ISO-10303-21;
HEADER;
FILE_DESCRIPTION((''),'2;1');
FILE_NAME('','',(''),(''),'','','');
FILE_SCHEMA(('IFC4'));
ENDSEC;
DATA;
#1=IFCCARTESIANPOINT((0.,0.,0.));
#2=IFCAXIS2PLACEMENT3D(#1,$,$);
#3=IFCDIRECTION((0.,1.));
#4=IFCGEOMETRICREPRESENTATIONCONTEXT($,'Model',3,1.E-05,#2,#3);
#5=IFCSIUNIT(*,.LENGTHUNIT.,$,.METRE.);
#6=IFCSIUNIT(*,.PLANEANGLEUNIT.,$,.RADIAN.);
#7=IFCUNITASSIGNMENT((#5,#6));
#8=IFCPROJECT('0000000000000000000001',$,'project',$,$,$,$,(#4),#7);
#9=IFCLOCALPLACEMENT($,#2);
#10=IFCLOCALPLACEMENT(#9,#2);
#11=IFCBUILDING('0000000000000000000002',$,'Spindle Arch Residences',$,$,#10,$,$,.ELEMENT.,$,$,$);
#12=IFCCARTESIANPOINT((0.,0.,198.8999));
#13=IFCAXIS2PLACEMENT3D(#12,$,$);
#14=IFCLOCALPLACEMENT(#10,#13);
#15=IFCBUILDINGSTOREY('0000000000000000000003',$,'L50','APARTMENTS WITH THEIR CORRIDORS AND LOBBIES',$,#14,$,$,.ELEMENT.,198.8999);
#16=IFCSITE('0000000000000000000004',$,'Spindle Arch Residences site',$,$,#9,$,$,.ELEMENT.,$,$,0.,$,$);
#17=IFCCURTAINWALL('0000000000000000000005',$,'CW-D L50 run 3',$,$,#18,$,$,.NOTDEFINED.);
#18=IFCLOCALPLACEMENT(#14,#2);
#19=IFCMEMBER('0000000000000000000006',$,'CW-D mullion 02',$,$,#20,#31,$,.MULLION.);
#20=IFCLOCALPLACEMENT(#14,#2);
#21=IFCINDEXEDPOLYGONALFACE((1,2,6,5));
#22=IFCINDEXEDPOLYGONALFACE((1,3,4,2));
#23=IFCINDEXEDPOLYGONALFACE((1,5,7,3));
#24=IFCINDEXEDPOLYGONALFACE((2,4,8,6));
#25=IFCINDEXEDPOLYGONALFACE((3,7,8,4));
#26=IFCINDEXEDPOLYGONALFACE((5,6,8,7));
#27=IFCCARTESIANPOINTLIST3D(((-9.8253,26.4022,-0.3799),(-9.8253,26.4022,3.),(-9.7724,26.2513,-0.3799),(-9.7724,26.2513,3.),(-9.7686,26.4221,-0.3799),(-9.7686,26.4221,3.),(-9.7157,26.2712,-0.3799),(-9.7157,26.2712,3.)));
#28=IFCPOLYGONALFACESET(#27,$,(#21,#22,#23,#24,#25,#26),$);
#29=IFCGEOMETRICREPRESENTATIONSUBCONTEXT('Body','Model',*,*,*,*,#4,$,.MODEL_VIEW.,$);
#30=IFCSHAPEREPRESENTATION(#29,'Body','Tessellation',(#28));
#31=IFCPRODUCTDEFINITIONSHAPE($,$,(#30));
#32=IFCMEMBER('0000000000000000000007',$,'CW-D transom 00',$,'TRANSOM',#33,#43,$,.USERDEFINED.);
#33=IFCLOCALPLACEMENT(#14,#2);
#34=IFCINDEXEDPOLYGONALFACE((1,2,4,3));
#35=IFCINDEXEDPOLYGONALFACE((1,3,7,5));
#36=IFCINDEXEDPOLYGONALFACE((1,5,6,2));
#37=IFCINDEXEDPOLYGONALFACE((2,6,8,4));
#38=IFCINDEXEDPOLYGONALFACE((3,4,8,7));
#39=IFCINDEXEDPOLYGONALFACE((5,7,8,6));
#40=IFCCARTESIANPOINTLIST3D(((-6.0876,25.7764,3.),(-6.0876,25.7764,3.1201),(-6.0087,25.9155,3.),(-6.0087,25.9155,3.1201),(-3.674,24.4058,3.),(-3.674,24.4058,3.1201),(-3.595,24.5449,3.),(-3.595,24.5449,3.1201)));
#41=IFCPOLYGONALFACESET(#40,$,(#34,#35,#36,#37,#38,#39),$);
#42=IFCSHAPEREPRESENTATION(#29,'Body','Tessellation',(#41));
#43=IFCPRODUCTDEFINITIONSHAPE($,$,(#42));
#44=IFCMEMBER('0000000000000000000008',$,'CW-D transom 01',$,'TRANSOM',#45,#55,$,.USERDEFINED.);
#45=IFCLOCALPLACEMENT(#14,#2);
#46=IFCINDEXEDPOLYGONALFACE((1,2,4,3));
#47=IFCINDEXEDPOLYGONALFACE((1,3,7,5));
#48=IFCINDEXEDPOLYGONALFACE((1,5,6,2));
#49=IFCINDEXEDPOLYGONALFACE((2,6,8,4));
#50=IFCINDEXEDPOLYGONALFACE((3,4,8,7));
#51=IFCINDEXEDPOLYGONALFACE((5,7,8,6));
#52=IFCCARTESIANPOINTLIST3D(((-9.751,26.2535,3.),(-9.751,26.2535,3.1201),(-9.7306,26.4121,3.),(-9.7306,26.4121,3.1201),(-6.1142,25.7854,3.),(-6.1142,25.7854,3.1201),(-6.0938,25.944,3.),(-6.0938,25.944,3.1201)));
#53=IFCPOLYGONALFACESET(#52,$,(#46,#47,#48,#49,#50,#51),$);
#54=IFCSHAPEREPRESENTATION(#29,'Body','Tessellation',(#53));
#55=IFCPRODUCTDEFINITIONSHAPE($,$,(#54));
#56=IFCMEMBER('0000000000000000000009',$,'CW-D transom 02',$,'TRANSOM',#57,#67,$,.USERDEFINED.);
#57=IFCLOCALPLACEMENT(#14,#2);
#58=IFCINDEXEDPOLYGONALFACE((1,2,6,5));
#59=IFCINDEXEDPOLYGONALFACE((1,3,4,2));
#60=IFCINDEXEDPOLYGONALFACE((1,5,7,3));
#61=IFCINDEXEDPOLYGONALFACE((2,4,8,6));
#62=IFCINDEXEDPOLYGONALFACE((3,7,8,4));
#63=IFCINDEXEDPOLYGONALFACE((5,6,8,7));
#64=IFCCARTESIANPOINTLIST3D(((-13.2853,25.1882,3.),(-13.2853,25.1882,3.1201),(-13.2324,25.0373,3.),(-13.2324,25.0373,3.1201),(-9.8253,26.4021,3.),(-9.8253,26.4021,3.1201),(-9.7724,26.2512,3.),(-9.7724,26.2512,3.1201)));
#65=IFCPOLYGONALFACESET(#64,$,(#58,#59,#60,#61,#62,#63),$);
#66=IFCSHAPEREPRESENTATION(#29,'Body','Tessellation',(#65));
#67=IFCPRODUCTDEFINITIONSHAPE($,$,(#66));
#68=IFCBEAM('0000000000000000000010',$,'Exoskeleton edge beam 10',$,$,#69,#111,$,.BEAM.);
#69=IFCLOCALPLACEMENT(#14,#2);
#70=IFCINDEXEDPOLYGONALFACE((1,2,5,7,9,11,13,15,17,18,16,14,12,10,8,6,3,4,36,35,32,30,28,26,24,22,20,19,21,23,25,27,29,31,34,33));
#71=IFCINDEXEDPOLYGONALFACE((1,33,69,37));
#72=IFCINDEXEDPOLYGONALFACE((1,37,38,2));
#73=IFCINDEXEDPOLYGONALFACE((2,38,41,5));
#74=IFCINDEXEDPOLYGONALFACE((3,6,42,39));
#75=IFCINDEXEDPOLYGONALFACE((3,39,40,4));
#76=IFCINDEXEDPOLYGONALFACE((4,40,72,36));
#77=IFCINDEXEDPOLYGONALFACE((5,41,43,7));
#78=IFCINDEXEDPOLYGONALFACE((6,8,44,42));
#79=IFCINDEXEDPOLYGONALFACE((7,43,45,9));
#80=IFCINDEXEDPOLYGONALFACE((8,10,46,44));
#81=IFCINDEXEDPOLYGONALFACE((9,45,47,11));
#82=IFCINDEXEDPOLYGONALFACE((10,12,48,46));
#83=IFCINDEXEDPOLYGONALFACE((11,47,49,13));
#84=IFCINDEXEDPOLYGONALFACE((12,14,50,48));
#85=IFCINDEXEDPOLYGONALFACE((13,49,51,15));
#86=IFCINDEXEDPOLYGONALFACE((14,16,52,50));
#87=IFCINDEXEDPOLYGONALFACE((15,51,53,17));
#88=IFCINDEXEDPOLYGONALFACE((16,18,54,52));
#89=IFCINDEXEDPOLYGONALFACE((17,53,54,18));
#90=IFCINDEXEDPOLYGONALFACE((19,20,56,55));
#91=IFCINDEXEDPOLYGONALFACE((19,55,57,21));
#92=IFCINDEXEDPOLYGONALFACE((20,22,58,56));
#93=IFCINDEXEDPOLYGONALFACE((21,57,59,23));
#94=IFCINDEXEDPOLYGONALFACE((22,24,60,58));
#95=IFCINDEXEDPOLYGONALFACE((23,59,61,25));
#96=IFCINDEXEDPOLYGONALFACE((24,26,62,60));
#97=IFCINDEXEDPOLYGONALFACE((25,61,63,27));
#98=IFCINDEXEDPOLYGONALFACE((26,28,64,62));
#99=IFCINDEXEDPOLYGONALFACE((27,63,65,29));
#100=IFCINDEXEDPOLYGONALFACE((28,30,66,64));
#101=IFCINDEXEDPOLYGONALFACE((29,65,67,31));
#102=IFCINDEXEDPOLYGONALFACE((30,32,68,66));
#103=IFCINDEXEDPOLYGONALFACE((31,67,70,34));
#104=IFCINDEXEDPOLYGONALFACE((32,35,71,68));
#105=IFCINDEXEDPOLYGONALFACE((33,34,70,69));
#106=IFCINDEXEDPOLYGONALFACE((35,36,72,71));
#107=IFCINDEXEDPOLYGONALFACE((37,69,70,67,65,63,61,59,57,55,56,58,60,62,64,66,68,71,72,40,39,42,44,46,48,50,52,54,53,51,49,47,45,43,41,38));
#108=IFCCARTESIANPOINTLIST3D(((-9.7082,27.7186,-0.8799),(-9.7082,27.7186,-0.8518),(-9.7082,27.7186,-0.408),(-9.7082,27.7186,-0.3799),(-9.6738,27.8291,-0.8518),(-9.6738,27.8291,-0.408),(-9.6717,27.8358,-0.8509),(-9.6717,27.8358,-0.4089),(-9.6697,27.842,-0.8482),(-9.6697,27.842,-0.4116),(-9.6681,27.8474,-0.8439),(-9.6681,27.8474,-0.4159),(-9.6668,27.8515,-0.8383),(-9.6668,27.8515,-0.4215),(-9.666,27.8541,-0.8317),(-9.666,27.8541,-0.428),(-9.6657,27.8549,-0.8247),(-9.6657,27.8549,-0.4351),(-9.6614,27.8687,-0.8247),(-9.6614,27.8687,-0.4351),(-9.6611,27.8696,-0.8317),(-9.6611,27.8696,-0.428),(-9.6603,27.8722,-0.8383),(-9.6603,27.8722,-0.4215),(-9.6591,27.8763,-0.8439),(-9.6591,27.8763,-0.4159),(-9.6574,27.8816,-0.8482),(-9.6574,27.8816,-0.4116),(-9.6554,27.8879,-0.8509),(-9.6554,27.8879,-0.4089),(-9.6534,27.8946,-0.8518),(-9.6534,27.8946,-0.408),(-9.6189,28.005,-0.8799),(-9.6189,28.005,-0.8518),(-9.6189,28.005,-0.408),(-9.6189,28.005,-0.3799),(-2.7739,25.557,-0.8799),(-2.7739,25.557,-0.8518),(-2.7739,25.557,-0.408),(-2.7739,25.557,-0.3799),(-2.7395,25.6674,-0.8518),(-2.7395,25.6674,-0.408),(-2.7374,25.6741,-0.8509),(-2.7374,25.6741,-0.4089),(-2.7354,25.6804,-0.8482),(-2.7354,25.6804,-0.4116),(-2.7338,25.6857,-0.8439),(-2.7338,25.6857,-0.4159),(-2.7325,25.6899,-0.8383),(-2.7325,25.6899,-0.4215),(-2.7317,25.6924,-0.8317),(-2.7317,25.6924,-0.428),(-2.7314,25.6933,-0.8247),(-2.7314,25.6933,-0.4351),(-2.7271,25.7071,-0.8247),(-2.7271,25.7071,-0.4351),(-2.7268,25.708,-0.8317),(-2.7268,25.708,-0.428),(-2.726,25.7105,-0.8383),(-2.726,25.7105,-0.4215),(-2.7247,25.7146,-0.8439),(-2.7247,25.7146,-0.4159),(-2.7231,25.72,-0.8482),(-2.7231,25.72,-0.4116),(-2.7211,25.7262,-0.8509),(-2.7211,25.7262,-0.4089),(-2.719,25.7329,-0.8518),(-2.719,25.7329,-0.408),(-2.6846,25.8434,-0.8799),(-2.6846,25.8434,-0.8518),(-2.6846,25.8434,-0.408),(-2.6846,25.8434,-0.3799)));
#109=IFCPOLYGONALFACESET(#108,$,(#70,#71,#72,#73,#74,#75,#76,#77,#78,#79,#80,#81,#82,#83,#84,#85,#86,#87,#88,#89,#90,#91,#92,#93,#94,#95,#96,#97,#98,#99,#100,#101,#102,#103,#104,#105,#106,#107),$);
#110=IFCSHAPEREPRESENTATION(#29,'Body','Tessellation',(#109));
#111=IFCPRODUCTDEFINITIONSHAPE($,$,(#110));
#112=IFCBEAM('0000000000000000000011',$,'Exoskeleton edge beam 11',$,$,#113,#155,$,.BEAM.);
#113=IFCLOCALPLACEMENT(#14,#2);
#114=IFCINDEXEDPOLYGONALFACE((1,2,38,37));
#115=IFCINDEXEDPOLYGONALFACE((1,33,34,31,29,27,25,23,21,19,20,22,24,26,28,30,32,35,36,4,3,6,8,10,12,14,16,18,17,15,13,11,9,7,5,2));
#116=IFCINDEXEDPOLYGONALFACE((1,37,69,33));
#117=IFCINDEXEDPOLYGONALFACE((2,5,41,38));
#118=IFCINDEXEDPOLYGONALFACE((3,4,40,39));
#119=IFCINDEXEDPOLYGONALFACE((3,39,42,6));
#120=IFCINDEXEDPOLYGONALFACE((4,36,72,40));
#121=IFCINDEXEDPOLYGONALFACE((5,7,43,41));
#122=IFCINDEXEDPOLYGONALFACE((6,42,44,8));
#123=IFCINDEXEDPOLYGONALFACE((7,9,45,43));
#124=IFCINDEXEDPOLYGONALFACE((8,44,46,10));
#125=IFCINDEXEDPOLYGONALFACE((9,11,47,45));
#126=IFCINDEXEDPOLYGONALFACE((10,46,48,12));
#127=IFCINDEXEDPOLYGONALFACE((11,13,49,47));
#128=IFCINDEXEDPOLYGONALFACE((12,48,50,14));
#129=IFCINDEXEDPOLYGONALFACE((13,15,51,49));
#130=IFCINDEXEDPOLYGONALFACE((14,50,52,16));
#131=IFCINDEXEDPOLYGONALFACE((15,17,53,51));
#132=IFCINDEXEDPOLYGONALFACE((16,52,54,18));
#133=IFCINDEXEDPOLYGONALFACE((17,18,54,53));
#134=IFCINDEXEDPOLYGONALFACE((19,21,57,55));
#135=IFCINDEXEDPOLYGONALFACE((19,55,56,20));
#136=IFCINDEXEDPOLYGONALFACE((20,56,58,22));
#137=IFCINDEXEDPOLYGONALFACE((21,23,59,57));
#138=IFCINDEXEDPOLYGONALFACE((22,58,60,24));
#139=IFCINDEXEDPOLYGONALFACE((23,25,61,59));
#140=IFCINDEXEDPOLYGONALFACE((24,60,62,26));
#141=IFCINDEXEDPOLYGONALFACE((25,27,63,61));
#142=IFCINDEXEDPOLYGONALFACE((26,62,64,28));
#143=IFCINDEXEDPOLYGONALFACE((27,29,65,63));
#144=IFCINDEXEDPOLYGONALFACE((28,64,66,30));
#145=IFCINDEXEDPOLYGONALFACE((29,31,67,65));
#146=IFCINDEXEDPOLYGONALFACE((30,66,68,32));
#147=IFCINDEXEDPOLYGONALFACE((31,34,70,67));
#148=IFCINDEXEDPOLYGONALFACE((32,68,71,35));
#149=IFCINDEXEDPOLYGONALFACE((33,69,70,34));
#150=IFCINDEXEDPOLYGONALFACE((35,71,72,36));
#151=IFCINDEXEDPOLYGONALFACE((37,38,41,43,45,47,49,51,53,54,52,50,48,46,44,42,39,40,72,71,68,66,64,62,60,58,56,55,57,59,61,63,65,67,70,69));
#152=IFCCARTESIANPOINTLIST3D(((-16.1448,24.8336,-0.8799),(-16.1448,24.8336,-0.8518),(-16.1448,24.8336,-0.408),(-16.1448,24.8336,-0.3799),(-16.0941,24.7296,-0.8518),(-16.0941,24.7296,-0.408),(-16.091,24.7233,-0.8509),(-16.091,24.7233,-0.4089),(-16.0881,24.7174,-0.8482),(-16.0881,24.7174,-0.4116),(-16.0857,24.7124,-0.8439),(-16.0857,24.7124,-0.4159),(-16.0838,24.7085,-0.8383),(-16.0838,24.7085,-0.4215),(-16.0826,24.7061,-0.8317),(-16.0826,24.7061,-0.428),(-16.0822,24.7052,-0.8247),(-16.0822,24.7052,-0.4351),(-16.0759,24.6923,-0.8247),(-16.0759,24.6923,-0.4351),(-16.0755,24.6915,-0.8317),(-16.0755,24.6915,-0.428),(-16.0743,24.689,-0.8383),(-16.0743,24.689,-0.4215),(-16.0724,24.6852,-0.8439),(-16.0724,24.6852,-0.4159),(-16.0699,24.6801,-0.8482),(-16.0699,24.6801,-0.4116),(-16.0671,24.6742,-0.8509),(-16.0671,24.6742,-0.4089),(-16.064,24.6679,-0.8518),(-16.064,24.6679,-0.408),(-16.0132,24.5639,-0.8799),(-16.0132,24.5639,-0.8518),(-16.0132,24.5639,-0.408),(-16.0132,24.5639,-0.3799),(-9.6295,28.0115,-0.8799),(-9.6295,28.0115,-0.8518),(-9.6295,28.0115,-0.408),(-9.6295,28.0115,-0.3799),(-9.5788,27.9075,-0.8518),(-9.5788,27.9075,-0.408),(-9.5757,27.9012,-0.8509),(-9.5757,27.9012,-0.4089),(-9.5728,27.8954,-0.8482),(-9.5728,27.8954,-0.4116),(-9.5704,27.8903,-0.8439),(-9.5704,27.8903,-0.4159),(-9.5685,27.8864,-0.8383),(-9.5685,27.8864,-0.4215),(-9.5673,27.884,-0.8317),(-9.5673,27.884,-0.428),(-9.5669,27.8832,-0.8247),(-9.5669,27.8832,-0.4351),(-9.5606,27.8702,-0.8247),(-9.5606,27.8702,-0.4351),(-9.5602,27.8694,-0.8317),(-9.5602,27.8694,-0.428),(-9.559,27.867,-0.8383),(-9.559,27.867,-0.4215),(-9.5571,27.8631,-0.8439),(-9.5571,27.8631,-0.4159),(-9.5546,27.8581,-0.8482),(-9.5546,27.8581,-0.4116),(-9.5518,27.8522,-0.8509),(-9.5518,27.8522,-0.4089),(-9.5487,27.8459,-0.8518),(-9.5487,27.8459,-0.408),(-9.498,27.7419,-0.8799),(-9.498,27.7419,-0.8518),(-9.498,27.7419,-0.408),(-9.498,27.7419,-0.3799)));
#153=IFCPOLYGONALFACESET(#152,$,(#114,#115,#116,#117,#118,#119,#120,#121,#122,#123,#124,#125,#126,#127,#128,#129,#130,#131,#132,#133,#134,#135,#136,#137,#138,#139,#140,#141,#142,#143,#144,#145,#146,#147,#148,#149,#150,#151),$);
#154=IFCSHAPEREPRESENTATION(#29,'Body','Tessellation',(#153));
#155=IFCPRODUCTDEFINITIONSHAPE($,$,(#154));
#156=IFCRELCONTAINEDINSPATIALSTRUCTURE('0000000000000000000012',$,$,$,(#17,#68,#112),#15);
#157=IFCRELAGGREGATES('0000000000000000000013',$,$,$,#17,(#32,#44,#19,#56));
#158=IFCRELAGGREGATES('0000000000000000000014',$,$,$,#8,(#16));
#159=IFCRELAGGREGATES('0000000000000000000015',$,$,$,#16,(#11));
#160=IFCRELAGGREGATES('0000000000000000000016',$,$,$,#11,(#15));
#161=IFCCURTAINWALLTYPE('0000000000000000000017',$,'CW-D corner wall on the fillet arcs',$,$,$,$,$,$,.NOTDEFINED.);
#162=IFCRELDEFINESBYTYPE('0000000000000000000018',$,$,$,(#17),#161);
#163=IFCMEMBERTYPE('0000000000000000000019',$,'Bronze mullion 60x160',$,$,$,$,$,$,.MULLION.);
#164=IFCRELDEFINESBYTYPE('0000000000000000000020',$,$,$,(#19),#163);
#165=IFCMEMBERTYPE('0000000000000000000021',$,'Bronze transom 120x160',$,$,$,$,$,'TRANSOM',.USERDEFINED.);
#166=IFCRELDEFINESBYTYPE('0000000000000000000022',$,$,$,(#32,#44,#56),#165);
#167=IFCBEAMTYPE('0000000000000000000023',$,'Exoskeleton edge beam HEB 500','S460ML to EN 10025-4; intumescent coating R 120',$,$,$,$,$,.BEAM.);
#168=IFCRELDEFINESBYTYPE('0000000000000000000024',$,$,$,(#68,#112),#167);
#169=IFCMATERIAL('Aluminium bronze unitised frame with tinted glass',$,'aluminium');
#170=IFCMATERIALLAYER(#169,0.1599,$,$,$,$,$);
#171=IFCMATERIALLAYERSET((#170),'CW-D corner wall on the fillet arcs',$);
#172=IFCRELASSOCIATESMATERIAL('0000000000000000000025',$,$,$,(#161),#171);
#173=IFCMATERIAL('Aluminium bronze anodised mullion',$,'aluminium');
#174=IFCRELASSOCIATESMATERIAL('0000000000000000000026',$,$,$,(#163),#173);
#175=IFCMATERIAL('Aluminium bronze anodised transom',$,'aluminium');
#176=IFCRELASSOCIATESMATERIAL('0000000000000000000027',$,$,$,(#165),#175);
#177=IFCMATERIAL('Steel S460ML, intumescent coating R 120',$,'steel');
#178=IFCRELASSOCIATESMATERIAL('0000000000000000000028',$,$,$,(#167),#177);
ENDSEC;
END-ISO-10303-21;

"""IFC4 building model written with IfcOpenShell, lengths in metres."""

from ifc_helpers import new_model, si_unit, direction, frame, origin, origin_2d, place, context, subcontext, project, spatial, rectangle, i_section, extrude, material, layer, layer_set, material_profile, profile_set, type_object, element, aggregate, save


model = new_model("IFC4")

# Units and contexts
model_context = context("Model", 3, precision=1e-05, world=origin(), true_north=direction((0.0, 1.0)))
body_context = subcontext(model_context, "Body", "Model", "MODEL_VIEW")
ifc_project = project(units=[si_unit("LENGTHUNIT", "METRE"), si_unit("PLANEANGLEUNIT", "RADIAN")], contexts=[model_context])

# Site, building, storey
site_placement = place(None, origin())
site = spatial("IfcSite", under=ifc_project, at=site_placement, Name="Spindle Arch Residences site", CompositionType="ELEMENT", RefElevation=0.0)
building_placement = place(site_placement, origin())
building = spatial("IfcBuilding", under=site, at=building_placement, Name="Spindle Arch Residences", CompositionType="ELEMENT")
storey_placement = place(building_placement, frame((0.0, 0.0, 198.8999)))
storey = spatial("IfcBuildingStorey", under=building, at=storey_placement, Name="L50", Description="APARTMENTS WITH THEIR CORRIDORS AND LOBBIES", CompositionType="ELEMENT", Elevation=198.8999)

# Curtain wall, members
ifc_material_1 = material(Name="Aluminium bronze unitised frame with tinted glass", Category="aluminium")
ifc_layer_1 = layer(ifc_material_1, 0.1599)
ifc_layer_set_1 = layer_set([ifc_layer_1], Name="CW-D corner wall on the fillet arcs")
curtain_wall_type = type_object("IfcCurtainWallType", Name="CW-D corner wall on the fillet arcs", PredefinedType="NOTDEFINED", material=ifc_layer_set_1)
curtain_wall_placement = place(storey_placement, origin())
curtain_wall = element("IfcCurtainWall", 1, at=curtain_wall_placement, inside=storey, type_object=curtain_wall_type, Name="CW-D L50 run 3", PredefinedType="NOTDEFINED")
ifc_material_2 = material(Name="Aluminium bronze anodised mullion", Category="aluminium")
ifc_material_profile_1 = material_profile(ifc_material_2, rectangle(XDim=0.1599, YDim=0.0601, at=origin_2d()), Name="MU 60x160")
ifc_profile_set_1 = profile_set([ifc_material_profile_1], Name="Aluminium bronze anodised mullion")
member_type_1 = type_object("IfcMemberType", Name="Bronze mullion 60x160", PredefinedType="MULLION", material=ifc_profile_set_1)
member_1_placement = place(storey_placement, frame((-9.7705, 26.3367, -0.3799), z_axis=(0.0, 0.0, 1.0), x_axis=(0.331063, -0.943609, 0.0)))
member_1 = element("IfcMember", 2, at=member_1_placement, type_object=member_type_1, Name="CW-D mullion 02", PredefinedType="MULLION", context=body_context, shape_type="SweptSolid", body=[
    extrude(rectangle(XDim=0.1599, YDim=0.0601, at=origin_2d()), origin(), (0.0, 0.0, 1.0), 3.3799),
])
ifc_material_3 = material(Name="Aluminium bronze anodised transom", Category="aluminium")
ifc_material_profile_2 = material_profile(ifc_material_3, rectangle(XDim=0.1599, YDim=0.1201, at=origin_2d()), Name="TR 120x160")
ifc_profile_set_2 = profile_set([ifc_material_profile_2], Name="Aluminium bronze anodised transom")
member_type_2 = type_object("IfcMemberType", Name="Bronze transom 120x160", ElementType="TRANSOM", PredefinedType="USERDEFINED", material=ifc_profile_set_2)
member_2_placement = place(storey_placement, frame((-3.6345, 24.4753, 3.0601), z_axis=(-0.869572, 0.493807, 0.0), x_axis=(-0.493807, -0.869572, 0.0)))
member_2 = element("IfcMember", 3, at=member_2_placement, type_object=member_type_2, Name="CW-D transom 00", ObjectType="TRANSOM", PredefinedType="USERDEFINED", context=body_context, shape_type="SweptSolid", body=[
    extrude(rectangle(XDim=0.1599, YDim=0.1201, at=origin_2d()), origin(), (0.0, 0.0, 1.0), 2.7756),
])
member_3_placement = place(storey_placement, frame((-6.104, 25.8647, 3.0601), z_axis=(-0.991821, 0.12764, 0.0), x_axis=(-0.12764, -0.991821, 0.0)))
member_3 = element("IfcMember", 4, at=member_3_placement, type_object=member_type_2, Name="CW-D transom 01", ObjectType="TRANSOM", PredefinedType="USERDEFINED", context=body_context, shape_type="SweptSolid", body=[
    extrude(rectangle(XDim=0.1599, YDim=0.1201, at=origin_2d()), origin(), (0.0, 0.0, 1.0), 3.6667),
])
member_4_placement = place(storey_placement, frame((-9.7988, 26.3267, 3.0601), z_axis=(-0.943613, -0.33105, 0.0), x_axis=(0.33105, -0.943613, 0.0)))
member_4 = element("IfcMember", 5, at=member_4_placement, type_object=member_type_2, Name="CW-D transom 02", ObjectType="TRANSOM", PredefinedType="USERDEFINED", context=body_context, shape_type="SweptSolid", body=[
    extrude(rectangle(XDim=0.1599, YDim=0.1201, at=origin_2d()), origin(), (0.0, 0.0, 1.0), 3.6667),
])

# Beams
ifc_material_4 = material(Name="Steel S460ML, intumescent coating R 120", Category="steel")
ifc_material_profile_3 = material_profile(ifc_material_4, i_section(OverallWidth=0.3, OverallDepth=0.5, WebThickness=0.0144, FlangeThickness=0.0281, FilletRadius=0.0271, at=origin_2d()), Name="HEB 500")
ifc_profile_set_3 = profile_set([ifc_material_profile_3], Name="Steel S460ML, intumescent coating R 120")
beam_type_1 = type_object("IfcBeamType", Name="Exoskeleton edge beam HEB 500", Description="S460ML to EN 10025-4; intumescent coating R 120", PredefinedType="BEAM", material=ifc_profile_set_3)
beam_1_placement = place(storey_placement, frame((-2.7292, 25.7002, -0.6299), z_axis=(-0.95469, 0.297603, 0.0), x_axis=(-0.297603, -0.95469, 0.0)))
element("IfcBeam", 6, at=beam_1_placement, inside=storey, type_object=beam_type_1, Name="Exoskeleton edge beam 10", PredefinedType="BEAM", context=body_context, shape_type="SweptSolid", body=[
    extrude(i_section(OverallWidth=0.3, OverallDepth=0.5, WebThickness=0.0144, FlangeThickness=0.0281, FilletRadius=0.0271, at=origin_2d()), origin(), (0.0, 0.0, 1.0), 7.2634),
])
beam_2_placement = place(storey_placement, frame((-9.5637, 27.8767, -0.6299), z_axis=(-0.898782, -0.438395, 0.0), x_axis=(0.438395, -0.898782, 0.0)))
element("IfcBeam", 7, at=beam_2_placement, inside=storey, type_object=beam_type_1, Name="Exoskeleton edge beam 11", PredefinedType="BEAM", context=body_context, shape_type="SweptSolid", body=[
    extrude(i_section(OverallWidth=0.3, OverallDepth=0.5, WebThickness=0.0144, FlangeThickness=0.0281, FilletRadius=0.0271, at=origin_2d()), origin(), (0.0, 0.0, 1.0), 7.249),
])

aggregate(curtain_wall, [member_2, member_3, member_1, member_4])

save(model, "model.ifc")
